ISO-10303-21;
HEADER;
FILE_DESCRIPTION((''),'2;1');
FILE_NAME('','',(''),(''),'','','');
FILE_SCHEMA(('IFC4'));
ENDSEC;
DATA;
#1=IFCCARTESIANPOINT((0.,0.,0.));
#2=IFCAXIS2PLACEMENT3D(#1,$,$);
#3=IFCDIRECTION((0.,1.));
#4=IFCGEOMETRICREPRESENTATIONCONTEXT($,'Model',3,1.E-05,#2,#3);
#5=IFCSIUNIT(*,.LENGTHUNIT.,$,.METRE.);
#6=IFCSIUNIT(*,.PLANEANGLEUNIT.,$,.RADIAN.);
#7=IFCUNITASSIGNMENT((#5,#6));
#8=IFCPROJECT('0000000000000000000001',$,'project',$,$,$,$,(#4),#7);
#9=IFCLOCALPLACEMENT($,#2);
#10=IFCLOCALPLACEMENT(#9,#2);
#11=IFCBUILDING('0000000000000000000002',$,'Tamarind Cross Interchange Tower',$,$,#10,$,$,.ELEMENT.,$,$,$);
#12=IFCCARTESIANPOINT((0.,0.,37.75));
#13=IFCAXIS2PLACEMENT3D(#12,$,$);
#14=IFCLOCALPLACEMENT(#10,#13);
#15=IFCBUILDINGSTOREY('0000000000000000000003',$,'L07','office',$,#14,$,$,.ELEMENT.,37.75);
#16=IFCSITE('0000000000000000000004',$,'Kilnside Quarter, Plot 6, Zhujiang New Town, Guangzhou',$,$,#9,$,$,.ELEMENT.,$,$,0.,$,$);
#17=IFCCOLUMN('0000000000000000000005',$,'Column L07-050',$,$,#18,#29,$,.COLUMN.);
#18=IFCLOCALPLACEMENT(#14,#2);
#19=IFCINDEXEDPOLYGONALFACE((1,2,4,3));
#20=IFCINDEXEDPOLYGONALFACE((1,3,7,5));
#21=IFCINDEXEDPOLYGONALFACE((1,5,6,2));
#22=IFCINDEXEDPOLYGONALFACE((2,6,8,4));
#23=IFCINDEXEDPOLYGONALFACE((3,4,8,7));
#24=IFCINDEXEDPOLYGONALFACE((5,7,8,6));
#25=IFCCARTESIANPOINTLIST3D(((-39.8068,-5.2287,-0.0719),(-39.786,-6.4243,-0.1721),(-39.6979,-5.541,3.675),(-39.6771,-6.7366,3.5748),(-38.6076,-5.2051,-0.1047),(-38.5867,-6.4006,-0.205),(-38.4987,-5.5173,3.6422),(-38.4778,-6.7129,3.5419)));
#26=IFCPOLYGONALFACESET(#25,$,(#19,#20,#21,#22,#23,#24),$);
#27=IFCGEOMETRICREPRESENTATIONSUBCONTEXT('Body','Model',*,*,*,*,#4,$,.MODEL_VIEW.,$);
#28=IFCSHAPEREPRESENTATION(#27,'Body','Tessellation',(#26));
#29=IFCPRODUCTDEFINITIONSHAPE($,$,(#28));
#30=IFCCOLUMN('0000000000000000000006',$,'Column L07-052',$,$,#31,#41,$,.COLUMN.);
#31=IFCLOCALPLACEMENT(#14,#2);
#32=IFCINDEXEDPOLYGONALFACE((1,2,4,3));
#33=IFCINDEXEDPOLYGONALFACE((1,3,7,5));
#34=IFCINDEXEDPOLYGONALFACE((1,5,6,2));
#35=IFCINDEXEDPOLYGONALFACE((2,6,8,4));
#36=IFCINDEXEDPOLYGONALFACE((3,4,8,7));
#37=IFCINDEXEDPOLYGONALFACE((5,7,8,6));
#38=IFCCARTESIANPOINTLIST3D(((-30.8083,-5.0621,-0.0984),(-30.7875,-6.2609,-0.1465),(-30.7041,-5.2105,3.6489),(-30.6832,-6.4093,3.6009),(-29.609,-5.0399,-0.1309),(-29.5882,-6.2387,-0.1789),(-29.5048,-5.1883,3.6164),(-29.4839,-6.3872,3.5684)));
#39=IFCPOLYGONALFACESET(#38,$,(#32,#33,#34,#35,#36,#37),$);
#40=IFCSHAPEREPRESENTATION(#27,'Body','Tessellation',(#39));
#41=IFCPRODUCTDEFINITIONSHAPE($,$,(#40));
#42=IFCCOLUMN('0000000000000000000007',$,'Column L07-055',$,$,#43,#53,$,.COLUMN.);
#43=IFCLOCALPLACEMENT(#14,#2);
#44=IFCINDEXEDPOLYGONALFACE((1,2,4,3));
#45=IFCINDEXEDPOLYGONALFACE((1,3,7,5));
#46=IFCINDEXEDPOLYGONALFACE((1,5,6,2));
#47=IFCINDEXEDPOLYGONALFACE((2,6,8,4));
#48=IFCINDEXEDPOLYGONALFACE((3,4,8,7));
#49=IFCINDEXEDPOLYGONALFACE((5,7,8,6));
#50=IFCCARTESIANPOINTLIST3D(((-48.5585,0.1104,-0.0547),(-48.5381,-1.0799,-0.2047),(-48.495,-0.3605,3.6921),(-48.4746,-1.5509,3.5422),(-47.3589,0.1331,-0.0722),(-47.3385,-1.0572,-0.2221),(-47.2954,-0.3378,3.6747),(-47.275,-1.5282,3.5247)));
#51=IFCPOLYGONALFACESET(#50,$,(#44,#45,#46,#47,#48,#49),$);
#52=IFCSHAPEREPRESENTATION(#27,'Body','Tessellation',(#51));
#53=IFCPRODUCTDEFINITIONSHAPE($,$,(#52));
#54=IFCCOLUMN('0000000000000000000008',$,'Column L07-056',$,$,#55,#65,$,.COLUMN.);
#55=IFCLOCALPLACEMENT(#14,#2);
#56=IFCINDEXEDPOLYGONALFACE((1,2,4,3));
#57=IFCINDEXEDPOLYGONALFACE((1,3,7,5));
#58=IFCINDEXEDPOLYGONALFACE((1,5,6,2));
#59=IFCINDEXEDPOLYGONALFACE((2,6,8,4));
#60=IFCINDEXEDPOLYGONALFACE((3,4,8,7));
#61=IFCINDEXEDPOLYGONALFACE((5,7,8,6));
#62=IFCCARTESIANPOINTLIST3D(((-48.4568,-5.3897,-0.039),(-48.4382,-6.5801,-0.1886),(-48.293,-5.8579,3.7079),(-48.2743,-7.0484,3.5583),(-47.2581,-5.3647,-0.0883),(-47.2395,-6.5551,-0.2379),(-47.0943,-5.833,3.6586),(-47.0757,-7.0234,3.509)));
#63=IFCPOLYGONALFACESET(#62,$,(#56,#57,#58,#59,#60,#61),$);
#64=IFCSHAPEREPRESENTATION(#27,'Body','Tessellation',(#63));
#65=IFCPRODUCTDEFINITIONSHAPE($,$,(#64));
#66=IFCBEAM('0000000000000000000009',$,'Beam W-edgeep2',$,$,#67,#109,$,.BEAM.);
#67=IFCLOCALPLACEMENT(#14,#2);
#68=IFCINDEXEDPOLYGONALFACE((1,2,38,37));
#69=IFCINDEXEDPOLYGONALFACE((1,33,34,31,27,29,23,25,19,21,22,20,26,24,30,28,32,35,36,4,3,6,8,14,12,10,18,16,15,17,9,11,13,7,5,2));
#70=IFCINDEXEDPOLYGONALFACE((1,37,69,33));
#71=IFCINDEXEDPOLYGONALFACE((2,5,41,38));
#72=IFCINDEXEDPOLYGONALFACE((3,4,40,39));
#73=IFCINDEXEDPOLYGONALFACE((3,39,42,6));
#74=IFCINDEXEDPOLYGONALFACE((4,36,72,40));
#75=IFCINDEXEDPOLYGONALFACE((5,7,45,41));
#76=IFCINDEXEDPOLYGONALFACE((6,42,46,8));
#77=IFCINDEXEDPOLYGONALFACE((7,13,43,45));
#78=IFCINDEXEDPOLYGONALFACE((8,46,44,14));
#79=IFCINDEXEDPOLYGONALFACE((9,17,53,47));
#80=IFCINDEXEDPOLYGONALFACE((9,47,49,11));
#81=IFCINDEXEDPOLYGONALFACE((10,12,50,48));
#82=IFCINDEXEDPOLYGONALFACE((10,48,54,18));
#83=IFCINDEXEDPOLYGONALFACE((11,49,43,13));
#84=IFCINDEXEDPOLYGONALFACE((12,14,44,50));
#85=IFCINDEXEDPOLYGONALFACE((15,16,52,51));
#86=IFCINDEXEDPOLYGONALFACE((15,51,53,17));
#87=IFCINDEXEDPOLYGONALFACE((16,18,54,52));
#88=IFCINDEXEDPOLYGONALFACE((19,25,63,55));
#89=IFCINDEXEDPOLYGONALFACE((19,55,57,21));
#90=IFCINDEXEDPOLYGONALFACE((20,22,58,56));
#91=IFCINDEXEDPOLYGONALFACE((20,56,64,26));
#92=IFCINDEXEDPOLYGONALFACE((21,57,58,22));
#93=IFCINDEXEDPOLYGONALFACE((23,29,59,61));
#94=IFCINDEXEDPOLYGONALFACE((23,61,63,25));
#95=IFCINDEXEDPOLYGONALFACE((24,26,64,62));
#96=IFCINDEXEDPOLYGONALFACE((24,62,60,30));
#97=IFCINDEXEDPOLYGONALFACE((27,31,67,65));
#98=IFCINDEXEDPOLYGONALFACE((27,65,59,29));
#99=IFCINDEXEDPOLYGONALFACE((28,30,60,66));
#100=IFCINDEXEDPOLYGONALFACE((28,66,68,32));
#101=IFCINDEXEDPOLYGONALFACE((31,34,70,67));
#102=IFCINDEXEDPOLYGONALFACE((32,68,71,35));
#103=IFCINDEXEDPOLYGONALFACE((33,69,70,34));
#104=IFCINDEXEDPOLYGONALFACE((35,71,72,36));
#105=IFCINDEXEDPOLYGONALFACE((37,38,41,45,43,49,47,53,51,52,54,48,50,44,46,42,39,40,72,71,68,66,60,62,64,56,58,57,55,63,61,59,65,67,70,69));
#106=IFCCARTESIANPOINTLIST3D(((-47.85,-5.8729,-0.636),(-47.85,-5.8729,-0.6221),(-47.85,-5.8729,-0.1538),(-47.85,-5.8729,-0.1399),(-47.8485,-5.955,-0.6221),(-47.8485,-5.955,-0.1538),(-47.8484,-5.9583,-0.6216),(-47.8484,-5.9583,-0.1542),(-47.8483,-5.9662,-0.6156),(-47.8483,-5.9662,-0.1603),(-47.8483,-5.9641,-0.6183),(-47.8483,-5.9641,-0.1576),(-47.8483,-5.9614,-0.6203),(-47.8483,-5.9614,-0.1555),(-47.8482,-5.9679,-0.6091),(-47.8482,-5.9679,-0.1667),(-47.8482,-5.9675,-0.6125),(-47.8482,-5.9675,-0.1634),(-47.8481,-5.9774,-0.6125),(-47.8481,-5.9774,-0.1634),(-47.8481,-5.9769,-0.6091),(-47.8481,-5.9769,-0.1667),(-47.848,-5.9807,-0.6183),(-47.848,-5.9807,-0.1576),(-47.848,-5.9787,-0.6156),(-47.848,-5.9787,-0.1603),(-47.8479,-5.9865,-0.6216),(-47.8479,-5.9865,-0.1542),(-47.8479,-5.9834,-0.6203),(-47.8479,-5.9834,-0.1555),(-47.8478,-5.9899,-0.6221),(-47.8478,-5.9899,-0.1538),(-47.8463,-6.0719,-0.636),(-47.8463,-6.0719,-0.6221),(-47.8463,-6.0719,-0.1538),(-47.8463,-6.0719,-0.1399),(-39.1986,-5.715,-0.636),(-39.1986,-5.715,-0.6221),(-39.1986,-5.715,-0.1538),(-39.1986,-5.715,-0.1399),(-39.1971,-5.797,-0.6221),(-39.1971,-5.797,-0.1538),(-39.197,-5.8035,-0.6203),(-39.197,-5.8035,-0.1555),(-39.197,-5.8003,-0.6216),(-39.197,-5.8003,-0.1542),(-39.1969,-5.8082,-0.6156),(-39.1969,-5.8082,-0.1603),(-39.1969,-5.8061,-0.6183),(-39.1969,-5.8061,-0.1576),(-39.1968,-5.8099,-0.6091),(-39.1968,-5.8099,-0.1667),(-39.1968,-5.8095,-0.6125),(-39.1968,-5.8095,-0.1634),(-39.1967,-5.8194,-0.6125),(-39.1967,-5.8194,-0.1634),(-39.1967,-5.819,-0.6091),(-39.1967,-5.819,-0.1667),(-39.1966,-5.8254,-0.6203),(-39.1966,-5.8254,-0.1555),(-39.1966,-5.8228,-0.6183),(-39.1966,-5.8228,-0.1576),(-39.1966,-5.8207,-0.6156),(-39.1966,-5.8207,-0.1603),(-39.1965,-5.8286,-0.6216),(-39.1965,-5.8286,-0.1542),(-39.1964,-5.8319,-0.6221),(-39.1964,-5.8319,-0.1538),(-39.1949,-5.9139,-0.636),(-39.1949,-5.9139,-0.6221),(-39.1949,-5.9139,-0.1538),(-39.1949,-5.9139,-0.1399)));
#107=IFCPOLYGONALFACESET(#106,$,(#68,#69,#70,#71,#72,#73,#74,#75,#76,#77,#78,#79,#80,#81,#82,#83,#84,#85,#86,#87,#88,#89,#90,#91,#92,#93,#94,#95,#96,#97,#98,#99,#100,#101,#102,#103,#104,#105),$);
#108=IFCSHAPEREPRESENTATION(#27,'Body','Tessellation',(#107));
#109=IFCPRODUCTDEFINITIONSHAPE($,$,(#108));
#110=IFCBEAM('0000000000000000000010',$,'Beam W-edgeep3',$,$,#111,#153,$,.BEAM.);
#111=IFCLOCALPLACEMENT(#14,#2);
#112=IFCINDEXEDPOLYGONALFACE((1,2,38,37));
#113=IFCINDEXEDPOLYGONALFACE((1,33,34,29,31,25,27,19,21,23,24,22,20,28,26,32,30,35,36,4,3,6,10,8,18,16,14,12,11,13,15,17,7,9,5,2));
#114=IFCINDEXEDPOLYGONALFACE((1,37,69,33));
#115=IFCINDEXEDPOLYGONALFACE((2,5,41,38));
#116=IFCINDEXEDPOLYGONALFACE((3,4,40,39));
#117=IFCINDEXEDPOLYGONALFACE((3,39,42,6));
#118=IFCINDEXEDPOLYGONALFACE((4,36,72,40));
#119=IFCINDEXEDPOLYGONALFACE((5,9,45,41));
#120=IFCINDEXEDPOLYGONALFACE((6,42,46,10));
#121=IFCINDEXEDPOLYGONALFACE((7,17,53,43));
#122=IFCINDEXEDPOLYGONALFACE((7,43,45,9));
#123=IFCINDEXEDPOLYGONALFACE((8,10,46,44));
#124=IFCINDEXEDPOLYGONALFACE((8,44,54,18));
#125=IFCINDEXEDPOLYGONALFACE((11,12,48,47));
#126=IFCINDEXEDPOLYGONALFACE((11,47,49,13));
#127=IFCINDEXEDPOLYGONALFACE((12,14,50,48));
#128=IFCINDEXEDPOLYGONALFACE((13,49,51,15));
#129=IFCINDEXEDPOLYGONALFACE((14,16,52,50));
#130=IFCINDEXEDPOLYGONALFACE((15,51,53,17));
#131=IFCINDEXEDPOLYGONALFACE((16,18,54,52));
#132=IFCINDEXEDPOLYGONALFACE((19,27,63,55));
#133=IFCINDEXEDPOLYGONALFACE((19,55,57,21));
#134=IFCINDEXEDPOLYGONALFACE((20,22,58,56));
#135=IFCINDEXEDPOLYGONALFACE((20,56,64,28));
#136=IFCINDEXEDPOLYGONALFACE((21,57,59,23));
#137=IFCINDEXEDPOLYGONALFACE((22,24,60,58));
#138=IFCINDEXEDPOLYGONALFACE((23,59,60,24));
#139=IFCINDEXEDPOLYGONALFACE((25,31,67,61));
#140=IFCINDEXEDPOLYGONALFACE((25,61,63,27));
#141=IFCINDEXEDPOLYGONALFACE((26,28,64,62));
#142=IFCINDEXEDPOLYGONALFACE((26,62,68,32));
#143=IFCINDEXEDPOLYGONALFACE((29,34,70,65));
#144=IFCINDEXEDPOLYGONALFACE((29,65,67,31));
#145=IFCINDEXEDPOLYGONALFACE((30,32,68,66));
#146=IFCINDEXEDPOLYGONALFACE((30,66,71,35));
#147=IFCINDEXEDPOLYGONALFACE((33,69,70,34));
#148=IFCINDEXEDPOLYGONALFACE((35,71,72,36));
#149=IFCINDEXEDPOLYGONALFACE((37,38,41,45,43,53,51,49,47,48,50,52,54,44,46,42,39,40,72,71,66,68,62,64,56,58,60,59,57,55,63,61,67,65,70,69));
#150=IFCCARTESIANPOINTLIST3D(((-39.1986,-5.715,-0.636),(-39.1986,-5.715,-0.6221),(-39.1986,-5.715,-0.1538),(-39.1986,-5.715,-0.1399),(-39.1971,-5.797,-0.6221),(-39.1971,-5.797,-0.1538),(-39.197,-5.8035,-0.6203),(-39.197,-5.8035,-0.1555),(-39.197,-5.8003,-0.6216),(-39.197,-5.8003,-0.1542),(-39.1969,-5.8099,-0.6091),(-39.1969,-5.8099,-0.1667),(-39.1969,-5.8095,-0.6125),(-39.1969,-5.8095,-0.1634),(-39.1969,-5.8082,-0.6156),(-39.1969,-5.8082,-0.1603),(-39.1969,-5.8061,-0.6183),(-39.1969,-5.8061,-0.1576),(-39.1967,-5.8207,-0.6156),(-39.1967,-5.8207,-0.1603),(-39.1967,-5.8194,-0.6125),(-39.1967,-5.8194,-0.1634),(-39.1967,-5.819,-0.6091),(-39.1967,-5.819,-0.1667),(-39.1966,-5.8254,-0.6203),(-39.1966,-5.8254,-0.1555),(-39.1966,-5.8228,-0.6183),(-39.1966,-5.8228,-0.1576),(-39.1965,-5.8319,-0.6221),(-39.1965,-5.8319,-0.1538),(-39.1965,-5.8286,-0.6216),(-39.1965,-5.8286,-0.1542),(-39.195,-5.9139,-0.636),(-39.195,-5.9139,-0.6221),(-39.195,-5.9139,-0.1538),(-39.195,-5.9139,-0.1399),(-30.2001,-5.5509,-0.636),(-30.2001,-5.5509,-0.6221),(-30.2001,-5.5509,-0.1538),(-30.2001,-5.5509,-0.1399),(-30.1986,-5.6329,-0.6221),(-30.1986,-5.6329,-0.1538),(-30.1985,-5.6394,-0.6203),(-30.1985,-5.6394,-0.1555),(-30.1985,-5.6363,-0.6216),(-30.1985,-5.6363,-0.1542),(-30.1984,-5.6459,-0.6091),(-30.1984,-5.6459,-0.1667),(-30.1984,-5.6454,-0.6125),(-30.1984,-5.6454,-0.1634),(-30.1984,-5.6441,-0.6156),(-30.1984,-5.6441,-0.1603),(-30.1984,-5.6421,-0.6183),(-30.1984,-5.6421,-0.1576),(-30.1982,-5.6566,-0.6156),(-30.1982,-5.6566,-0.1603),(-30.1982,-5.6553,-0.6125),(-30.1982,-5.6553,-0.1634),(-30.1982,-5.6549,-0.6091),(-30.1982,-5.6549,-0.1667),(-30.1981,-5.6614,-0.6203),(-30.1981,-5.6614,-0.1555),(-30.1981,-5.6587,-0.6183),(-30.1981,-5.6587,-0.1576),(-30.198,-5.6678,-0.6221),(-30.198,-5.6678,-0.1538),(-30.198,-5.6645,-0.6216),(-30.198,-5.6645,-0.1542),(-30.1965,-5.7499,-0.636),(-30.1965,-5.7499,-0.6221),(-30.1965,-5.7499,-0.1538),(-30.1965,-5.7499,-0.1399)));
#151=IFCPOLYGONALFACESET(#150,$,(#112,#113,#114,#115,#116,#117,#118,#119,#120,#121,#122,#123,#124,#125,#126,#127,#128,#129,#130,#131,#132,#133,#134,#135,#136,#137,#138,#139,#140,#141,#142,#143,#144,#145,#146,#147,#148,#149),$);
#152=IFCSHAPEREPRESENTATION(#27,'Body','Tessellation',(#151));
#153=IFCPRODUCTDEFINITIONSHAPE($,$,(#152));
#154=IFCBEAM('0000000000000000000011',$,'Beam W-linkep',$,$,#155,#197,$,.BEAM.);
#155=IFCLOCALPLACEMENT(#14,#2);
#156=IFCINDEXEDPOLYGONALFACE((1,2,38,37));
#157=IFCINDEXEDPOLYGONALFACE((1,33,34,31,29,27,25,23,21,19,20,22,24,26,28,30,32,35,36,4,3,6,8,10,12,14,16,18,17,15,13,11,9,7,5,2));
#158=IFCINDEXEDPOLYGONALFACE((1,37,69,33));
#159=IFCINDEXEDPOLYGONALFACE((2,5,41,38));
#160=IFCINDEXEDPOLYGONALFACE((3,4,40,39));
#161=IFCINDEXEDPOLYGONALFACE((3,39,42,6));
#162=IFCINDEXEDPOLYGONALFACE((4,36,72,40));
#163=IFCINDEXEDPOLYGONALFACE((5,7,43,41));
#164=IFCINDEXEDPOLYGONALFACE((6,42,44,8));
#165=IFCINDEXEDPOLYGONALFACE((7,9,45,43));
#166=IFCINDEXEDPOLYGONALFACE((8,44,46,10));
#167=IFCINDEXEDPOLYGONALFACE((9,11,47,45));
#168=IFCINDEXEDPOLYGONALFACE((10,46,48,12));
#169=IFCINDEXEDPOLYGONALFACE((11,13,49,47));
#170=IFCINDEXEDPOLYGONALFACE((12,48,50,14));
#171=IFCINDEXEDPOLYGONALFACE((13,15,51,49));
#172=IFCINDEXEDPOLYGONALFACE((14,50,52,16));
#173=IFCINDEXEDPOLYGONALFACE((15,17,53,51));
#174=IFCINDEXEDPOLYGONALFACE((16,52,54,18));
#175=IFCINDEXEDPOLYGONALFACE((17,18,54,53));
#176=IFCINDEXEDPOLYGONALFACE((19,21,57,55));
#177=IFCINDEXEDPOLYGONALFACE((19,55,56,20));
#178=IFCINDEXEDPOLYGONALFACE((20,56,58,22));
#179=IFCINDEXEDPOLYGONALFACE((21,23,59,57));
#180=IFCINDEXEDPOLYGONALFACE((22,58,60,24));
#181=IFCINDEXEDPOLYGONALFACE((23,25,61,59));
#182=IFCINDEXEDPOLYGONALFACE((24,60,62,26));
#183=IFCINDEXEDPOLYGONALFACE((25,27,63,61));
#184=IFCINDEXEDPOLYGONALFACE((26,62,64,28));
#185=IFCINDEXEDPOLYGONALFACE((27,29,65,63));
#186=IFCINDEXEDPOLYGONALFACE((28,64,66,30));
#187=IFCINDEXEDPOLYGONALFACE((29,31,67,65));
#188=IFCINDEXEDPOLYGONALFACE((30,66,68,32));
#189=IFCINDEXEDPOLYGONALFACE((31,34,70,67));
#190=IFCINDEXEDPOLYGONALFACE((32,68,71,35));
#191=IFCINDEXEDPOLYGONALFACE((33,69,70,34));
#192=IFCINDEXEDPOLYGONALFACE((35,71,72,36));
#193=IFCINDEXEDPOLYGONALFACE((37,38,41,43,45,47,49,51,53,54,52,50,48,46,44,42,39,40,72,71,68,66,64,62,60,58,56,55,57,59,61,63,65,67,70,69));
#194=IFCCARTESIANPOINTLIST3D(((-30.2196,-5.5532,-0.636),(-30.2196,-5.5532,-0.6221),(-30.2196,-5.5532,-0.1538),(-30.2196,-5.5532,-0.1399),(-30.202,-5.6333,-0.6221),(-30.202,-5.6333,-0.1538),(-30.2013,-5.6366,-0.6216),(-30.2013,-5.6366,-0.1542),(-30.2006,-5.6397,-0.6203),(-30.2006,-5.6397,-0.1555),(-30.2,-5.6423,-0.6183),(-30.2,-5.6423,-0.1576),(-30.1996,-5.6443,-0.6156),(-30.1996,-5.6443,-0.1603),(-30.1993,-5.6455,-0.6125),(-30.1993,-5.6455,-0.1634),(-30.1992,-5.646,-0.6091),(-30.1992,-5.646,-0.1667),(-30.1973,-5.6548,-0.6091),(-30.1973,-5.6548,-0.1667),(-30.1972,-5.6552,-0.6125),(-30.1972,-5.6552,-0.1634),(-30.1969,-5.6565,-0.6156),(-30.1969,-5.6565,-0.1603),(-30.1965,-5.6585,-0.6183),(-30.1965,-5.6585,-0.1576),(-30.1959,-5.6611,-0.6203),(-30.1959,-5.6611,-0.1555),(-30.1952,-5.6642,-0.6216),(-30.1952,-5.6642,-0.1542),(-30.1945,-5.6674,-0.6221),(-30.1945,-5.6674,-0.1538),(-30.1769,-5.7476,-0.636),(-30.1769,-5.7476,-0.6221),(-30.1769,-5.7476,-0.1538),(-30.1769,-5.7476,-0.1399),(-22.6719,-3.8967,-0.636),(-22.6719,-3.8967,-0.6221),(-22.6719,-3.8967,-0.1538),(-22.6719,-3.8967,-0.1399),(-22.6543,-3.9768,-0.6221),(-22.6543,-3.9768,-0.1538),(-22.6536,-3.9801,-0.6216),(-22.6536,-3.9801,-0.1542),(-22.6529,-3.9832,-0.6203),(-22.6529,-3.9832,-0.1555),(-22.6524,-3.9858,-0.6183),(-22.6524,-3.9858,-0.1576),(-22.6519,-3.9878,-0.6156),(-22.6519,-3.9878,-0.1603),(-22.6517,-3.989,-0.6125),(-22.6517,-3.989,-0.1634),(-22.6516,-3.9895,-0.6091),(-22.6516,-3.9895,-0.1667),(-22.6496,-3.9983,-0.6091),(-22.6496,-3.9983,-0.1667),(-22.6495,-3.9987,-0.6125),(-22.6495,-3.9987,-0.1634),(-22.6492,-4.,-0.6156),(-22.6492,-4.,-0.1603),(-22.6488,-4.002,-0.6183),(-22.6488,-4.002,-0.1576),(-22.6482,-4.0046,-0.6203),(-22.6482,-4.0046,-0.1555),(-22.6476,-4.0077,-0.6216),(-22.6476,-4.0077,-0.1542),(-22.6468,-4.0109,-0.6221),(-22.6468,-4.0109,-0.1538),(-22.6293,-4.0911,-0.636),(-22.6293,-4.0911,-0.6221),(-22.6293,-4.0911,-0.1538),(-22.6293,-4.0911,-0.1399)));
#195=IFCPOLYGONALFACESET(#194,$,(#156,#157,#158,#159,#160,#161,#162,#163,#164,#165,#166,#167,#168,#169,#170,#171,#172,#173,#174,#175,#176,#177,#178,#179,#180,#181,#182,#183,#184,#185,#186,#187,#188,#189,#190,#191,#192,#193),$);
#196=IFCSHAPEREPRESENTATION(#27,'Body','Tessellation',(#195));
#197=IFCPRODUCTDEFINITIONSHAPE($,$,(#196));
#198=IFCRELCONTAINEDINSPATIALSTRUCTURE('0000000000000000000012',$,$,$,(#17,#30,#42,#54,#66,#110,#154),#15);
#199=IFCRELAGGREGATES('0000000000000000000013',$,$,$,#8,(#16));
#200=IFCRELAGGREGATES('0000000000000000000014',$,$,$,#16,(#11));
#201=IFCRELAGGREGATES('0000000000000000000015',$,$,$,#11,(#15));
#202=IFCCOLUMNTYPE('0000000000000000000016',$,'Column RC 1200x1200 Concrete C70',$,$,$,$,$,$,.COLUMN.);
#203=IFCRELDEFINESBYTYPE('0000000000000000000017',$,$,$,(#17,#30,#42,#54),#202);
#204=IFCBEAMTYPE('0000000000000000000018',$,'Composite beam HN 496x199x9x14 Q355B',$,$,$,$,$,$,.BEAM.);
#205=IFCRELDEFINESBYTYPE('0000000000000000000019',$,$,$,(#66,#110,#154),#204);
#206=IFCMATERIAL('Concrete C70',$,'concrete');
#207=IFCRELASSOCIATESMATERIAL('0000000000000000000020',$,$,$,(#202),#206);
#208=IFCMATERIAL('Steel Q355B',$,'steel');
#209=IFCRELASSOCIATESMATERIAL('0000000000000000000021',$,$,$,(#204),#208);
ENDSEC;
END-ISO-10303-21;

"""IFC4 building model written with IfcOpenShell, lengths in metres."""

from ifc_helpers import new_model, si_unit, direction, frame, origin, origin_2d, place, context, subcontext, project, spatial, rectangle, i_section, extrude, material, material_profile, profile_set, type_object, element, save


model = new_model("IFC4")

# Units and contexts
model_context = context("Model", 3, precision=1e-05, world=origin(), true_north=direction((0.0, 1.0)))
body_context = subcontext(model_context, "Body", "Model", "MODEL_VIEW")
ifc_project = project(units=[si_unit("LENGTHUNIT", "METRE"), si_unit("PLANEANGLEUNIT", "RADIAN")], contexts=[model_context])

# Site, building, storey
site_placement = place(None, origin())
site = spatial("IfcSite", under=ifc_project, at=site_placement, Name="Kilnside Quarter, Plot 6, Zhujiang New Town, Guangzhou", CompositionType="ELEMENT", RefElevation=0.0)
building_placement = place(site_placement, origin())
building = spatial("IfcBuilding", under=site, at=building_placement, Name="Tamarind Cross Interchange Tower", CompositionType="ELEMENT")
storey_placement = place(building_placement, frame((0.0, 0.0, 37.75)))
storey = spatial("IfcBuildingStorey", under=building, at=storey_placement, Name="L07", Description="office", CompositionType="ELEMENT", Elevation=37.75)

# Columns
ifc_material_1 = material(Name="Concrete C70", Category="concrete")
ifc_material_profile_1 = material_profile(ifc_material_1, rectangle(XDim=1.2, YDim=1.2, at=origin_2d()), Name="RC 1200x1200")
ifc_profile_set_1 = profile_set([ifc_material_profile_1], Name="Concrete C70")
column_type = type_object("IfcColumnType", Name="Column RC 1200x1200 Concrete C70", PredefinedType="COLUMN", material=ifc_profile_set_1)
column_1_placement = place(storey_placement, frame((-39.1968, -5.8147, -0.1384), z_axis=(0.028949, -0.083016, 0.996128), x_axis=(-0.017381, 0.996353, 0.08354)))
element("IfcColumn", 1, at=column_1_placement, inside=storey, type_object=column_type, Name="Column L07-050", PredefinedType="COLUMN", context=body_context, shape_type="SweptSolid", body=[
    extrude(rectangle(XDim=1.2, YDim=1.2, at=origin_2d()), origin(), (0.0, 0.0, 1.0), 3.7615),
])
column_2_placement = place(storey_placement, frame((-30.1982, -5.6504, -0.1387), z_axis=(0.027787, -0.039565, 0.998831), x_axis=(-0.017377, 0.999046, 0.040057)))
element("IfcColumn", 2, at=column_2_placement, inside=storey, type_object=column_type, Name="Column L07-052", PredefinedType="COLUMN", context=body_context, shape_type="SweptSolid", body=[
    extrude(rectangle(XDim=1.2, YDim=1.2, at=origin_2d()), origin(), (0.0, 0.0, 1.0), 3.7517),
])
column_3_placement = place(storey_placement, frame((-47.9485, -0.4734, -0.1384), z_axis=(0.016807, -0.124693, 0.992053), x_axis=(-0.016951, 0.992015, 0.124976)))
element("IfcColumn", 3, at=column_3_placement, inside=storey, type_object=column_type, Name="Column L07-055", PredefinedType="COLUMN", context=body_context, shape_type="SweptSolid", body=[
    extrude(rectangle(XDim=1.2, YDim=1.2, at=origin_2d()), origin(), (0.0, 0.0, 1.0), 3.7769),
])
column_4_placement = place(storey_placement, frame((-47.8481, -5.9724, -0.1384), z_axis=(0.043344, -0.123894, 0.991348), x_axis=(-0.015552, 0.992077, 0.124665)))
element("IfcColumn", 4, at=column_4_placement, inside=storey, type_object=column_type, Name="Column L07-056", PredefinedType="COLUMN", context=body_context, shape_type="SweptSolid", body=[
    extrude(rectangle(XDim=1.2, YDim=1.2, at=origin_2d()), origin(), (0.0, 0.0, 1.0), 3.7795),
])

# Beams
ifc_material_2 = material(Name="Steel Q355B", Category="steel")
ifc_material_profile_2 = material_profile(ifc_material_2, i_section(OverallWidth=0.199, OverallDepth=0.4961, WebThickness=0.009, FlangeThickness=0.0139, FilletRadius=0.0129, at=origin_2d()), Name="HN 496x199x9x14")
ifc_profile_set_2 = profile_set([ifc_material_profile_2], Name="Steel Q355B")
beam_type_1 = type_object("IfcBeamType", Name="Composite beam HN 496x199x9x14 Q355B", PredefinedType="BEAM", material=ifc_profile_set_2)
beam_1_placement = place(storey_placement, frame((-47.8481, -5.9724, -0.3879), z_axis=(0.999833, 0.018255, 0.0), x_axis=(-0.018255, 0.999833, 0.0)))
element("IfcBeam", 5, at=beam_1_placement, inside=storey, type_object=beam_type_1, Name="Beam W-edgeep2", PredefinedType="BEAM", context=body_context, shape_type="SweptSolid", body=[
    extrude(i_section(OverallWidth=0.199, OverallDepth=0.4961, WebThickness=0.009, FlangeThickness=0.0139, FilletRadius=0.0129, at=origin_2d()), origin(), (0.0, 0.0, 1.0), 8.6528),
])
beam_2_placement = place(storey_placement, frame((-39.1968, -5.8145, -0.3879), z_axis=(0.999834, 0.018229, 0.0), x_axis=(-0.018229, 0.999834, 0.0)))
element("IfcBeam", 6, at=beam_2_placement, inside=storey, type_object=beam_type_1, Name="Beam W-edgeep3", PredefinedType="BEAM", context=body_context, shape_type="SweptSolid", body=[
    extrude(i_section(OverallWidth=0.199, OverallDepth=0.4961, WebThickness=0.009, FlangeThickness=0.0139, FilletRadius=0.0129, at=origin_2d()), origin(), (0.0, 0.0, 1.0), 9.0),
])
beam_3_placement = place(storey_placement, frame((-30.1982, -5.6504, -0.3879), z_axis=(0.976752, 0.214371, 0.0), x_axis=(-0.214371, 0.976752, 0.0)))
element("IfcBeam", 7, at=beam_3_placement, inside=storey, type_object=beam_type_1, Name="Beam W-linkep", PredefinedType="BEAM", context=body_context, shape_type="SweptSolid", body=[
    extrude(i_section(OverallWidth=0.199, OverallDepth=0.4961, WebThickness=0.009, FlangeThickness=0.0139, FilletRadius=0.0129, at=origin_2d()), origin(), (0.0, 0.0, 1.0), 7.7273),
])

save(model, "model.ifc")
